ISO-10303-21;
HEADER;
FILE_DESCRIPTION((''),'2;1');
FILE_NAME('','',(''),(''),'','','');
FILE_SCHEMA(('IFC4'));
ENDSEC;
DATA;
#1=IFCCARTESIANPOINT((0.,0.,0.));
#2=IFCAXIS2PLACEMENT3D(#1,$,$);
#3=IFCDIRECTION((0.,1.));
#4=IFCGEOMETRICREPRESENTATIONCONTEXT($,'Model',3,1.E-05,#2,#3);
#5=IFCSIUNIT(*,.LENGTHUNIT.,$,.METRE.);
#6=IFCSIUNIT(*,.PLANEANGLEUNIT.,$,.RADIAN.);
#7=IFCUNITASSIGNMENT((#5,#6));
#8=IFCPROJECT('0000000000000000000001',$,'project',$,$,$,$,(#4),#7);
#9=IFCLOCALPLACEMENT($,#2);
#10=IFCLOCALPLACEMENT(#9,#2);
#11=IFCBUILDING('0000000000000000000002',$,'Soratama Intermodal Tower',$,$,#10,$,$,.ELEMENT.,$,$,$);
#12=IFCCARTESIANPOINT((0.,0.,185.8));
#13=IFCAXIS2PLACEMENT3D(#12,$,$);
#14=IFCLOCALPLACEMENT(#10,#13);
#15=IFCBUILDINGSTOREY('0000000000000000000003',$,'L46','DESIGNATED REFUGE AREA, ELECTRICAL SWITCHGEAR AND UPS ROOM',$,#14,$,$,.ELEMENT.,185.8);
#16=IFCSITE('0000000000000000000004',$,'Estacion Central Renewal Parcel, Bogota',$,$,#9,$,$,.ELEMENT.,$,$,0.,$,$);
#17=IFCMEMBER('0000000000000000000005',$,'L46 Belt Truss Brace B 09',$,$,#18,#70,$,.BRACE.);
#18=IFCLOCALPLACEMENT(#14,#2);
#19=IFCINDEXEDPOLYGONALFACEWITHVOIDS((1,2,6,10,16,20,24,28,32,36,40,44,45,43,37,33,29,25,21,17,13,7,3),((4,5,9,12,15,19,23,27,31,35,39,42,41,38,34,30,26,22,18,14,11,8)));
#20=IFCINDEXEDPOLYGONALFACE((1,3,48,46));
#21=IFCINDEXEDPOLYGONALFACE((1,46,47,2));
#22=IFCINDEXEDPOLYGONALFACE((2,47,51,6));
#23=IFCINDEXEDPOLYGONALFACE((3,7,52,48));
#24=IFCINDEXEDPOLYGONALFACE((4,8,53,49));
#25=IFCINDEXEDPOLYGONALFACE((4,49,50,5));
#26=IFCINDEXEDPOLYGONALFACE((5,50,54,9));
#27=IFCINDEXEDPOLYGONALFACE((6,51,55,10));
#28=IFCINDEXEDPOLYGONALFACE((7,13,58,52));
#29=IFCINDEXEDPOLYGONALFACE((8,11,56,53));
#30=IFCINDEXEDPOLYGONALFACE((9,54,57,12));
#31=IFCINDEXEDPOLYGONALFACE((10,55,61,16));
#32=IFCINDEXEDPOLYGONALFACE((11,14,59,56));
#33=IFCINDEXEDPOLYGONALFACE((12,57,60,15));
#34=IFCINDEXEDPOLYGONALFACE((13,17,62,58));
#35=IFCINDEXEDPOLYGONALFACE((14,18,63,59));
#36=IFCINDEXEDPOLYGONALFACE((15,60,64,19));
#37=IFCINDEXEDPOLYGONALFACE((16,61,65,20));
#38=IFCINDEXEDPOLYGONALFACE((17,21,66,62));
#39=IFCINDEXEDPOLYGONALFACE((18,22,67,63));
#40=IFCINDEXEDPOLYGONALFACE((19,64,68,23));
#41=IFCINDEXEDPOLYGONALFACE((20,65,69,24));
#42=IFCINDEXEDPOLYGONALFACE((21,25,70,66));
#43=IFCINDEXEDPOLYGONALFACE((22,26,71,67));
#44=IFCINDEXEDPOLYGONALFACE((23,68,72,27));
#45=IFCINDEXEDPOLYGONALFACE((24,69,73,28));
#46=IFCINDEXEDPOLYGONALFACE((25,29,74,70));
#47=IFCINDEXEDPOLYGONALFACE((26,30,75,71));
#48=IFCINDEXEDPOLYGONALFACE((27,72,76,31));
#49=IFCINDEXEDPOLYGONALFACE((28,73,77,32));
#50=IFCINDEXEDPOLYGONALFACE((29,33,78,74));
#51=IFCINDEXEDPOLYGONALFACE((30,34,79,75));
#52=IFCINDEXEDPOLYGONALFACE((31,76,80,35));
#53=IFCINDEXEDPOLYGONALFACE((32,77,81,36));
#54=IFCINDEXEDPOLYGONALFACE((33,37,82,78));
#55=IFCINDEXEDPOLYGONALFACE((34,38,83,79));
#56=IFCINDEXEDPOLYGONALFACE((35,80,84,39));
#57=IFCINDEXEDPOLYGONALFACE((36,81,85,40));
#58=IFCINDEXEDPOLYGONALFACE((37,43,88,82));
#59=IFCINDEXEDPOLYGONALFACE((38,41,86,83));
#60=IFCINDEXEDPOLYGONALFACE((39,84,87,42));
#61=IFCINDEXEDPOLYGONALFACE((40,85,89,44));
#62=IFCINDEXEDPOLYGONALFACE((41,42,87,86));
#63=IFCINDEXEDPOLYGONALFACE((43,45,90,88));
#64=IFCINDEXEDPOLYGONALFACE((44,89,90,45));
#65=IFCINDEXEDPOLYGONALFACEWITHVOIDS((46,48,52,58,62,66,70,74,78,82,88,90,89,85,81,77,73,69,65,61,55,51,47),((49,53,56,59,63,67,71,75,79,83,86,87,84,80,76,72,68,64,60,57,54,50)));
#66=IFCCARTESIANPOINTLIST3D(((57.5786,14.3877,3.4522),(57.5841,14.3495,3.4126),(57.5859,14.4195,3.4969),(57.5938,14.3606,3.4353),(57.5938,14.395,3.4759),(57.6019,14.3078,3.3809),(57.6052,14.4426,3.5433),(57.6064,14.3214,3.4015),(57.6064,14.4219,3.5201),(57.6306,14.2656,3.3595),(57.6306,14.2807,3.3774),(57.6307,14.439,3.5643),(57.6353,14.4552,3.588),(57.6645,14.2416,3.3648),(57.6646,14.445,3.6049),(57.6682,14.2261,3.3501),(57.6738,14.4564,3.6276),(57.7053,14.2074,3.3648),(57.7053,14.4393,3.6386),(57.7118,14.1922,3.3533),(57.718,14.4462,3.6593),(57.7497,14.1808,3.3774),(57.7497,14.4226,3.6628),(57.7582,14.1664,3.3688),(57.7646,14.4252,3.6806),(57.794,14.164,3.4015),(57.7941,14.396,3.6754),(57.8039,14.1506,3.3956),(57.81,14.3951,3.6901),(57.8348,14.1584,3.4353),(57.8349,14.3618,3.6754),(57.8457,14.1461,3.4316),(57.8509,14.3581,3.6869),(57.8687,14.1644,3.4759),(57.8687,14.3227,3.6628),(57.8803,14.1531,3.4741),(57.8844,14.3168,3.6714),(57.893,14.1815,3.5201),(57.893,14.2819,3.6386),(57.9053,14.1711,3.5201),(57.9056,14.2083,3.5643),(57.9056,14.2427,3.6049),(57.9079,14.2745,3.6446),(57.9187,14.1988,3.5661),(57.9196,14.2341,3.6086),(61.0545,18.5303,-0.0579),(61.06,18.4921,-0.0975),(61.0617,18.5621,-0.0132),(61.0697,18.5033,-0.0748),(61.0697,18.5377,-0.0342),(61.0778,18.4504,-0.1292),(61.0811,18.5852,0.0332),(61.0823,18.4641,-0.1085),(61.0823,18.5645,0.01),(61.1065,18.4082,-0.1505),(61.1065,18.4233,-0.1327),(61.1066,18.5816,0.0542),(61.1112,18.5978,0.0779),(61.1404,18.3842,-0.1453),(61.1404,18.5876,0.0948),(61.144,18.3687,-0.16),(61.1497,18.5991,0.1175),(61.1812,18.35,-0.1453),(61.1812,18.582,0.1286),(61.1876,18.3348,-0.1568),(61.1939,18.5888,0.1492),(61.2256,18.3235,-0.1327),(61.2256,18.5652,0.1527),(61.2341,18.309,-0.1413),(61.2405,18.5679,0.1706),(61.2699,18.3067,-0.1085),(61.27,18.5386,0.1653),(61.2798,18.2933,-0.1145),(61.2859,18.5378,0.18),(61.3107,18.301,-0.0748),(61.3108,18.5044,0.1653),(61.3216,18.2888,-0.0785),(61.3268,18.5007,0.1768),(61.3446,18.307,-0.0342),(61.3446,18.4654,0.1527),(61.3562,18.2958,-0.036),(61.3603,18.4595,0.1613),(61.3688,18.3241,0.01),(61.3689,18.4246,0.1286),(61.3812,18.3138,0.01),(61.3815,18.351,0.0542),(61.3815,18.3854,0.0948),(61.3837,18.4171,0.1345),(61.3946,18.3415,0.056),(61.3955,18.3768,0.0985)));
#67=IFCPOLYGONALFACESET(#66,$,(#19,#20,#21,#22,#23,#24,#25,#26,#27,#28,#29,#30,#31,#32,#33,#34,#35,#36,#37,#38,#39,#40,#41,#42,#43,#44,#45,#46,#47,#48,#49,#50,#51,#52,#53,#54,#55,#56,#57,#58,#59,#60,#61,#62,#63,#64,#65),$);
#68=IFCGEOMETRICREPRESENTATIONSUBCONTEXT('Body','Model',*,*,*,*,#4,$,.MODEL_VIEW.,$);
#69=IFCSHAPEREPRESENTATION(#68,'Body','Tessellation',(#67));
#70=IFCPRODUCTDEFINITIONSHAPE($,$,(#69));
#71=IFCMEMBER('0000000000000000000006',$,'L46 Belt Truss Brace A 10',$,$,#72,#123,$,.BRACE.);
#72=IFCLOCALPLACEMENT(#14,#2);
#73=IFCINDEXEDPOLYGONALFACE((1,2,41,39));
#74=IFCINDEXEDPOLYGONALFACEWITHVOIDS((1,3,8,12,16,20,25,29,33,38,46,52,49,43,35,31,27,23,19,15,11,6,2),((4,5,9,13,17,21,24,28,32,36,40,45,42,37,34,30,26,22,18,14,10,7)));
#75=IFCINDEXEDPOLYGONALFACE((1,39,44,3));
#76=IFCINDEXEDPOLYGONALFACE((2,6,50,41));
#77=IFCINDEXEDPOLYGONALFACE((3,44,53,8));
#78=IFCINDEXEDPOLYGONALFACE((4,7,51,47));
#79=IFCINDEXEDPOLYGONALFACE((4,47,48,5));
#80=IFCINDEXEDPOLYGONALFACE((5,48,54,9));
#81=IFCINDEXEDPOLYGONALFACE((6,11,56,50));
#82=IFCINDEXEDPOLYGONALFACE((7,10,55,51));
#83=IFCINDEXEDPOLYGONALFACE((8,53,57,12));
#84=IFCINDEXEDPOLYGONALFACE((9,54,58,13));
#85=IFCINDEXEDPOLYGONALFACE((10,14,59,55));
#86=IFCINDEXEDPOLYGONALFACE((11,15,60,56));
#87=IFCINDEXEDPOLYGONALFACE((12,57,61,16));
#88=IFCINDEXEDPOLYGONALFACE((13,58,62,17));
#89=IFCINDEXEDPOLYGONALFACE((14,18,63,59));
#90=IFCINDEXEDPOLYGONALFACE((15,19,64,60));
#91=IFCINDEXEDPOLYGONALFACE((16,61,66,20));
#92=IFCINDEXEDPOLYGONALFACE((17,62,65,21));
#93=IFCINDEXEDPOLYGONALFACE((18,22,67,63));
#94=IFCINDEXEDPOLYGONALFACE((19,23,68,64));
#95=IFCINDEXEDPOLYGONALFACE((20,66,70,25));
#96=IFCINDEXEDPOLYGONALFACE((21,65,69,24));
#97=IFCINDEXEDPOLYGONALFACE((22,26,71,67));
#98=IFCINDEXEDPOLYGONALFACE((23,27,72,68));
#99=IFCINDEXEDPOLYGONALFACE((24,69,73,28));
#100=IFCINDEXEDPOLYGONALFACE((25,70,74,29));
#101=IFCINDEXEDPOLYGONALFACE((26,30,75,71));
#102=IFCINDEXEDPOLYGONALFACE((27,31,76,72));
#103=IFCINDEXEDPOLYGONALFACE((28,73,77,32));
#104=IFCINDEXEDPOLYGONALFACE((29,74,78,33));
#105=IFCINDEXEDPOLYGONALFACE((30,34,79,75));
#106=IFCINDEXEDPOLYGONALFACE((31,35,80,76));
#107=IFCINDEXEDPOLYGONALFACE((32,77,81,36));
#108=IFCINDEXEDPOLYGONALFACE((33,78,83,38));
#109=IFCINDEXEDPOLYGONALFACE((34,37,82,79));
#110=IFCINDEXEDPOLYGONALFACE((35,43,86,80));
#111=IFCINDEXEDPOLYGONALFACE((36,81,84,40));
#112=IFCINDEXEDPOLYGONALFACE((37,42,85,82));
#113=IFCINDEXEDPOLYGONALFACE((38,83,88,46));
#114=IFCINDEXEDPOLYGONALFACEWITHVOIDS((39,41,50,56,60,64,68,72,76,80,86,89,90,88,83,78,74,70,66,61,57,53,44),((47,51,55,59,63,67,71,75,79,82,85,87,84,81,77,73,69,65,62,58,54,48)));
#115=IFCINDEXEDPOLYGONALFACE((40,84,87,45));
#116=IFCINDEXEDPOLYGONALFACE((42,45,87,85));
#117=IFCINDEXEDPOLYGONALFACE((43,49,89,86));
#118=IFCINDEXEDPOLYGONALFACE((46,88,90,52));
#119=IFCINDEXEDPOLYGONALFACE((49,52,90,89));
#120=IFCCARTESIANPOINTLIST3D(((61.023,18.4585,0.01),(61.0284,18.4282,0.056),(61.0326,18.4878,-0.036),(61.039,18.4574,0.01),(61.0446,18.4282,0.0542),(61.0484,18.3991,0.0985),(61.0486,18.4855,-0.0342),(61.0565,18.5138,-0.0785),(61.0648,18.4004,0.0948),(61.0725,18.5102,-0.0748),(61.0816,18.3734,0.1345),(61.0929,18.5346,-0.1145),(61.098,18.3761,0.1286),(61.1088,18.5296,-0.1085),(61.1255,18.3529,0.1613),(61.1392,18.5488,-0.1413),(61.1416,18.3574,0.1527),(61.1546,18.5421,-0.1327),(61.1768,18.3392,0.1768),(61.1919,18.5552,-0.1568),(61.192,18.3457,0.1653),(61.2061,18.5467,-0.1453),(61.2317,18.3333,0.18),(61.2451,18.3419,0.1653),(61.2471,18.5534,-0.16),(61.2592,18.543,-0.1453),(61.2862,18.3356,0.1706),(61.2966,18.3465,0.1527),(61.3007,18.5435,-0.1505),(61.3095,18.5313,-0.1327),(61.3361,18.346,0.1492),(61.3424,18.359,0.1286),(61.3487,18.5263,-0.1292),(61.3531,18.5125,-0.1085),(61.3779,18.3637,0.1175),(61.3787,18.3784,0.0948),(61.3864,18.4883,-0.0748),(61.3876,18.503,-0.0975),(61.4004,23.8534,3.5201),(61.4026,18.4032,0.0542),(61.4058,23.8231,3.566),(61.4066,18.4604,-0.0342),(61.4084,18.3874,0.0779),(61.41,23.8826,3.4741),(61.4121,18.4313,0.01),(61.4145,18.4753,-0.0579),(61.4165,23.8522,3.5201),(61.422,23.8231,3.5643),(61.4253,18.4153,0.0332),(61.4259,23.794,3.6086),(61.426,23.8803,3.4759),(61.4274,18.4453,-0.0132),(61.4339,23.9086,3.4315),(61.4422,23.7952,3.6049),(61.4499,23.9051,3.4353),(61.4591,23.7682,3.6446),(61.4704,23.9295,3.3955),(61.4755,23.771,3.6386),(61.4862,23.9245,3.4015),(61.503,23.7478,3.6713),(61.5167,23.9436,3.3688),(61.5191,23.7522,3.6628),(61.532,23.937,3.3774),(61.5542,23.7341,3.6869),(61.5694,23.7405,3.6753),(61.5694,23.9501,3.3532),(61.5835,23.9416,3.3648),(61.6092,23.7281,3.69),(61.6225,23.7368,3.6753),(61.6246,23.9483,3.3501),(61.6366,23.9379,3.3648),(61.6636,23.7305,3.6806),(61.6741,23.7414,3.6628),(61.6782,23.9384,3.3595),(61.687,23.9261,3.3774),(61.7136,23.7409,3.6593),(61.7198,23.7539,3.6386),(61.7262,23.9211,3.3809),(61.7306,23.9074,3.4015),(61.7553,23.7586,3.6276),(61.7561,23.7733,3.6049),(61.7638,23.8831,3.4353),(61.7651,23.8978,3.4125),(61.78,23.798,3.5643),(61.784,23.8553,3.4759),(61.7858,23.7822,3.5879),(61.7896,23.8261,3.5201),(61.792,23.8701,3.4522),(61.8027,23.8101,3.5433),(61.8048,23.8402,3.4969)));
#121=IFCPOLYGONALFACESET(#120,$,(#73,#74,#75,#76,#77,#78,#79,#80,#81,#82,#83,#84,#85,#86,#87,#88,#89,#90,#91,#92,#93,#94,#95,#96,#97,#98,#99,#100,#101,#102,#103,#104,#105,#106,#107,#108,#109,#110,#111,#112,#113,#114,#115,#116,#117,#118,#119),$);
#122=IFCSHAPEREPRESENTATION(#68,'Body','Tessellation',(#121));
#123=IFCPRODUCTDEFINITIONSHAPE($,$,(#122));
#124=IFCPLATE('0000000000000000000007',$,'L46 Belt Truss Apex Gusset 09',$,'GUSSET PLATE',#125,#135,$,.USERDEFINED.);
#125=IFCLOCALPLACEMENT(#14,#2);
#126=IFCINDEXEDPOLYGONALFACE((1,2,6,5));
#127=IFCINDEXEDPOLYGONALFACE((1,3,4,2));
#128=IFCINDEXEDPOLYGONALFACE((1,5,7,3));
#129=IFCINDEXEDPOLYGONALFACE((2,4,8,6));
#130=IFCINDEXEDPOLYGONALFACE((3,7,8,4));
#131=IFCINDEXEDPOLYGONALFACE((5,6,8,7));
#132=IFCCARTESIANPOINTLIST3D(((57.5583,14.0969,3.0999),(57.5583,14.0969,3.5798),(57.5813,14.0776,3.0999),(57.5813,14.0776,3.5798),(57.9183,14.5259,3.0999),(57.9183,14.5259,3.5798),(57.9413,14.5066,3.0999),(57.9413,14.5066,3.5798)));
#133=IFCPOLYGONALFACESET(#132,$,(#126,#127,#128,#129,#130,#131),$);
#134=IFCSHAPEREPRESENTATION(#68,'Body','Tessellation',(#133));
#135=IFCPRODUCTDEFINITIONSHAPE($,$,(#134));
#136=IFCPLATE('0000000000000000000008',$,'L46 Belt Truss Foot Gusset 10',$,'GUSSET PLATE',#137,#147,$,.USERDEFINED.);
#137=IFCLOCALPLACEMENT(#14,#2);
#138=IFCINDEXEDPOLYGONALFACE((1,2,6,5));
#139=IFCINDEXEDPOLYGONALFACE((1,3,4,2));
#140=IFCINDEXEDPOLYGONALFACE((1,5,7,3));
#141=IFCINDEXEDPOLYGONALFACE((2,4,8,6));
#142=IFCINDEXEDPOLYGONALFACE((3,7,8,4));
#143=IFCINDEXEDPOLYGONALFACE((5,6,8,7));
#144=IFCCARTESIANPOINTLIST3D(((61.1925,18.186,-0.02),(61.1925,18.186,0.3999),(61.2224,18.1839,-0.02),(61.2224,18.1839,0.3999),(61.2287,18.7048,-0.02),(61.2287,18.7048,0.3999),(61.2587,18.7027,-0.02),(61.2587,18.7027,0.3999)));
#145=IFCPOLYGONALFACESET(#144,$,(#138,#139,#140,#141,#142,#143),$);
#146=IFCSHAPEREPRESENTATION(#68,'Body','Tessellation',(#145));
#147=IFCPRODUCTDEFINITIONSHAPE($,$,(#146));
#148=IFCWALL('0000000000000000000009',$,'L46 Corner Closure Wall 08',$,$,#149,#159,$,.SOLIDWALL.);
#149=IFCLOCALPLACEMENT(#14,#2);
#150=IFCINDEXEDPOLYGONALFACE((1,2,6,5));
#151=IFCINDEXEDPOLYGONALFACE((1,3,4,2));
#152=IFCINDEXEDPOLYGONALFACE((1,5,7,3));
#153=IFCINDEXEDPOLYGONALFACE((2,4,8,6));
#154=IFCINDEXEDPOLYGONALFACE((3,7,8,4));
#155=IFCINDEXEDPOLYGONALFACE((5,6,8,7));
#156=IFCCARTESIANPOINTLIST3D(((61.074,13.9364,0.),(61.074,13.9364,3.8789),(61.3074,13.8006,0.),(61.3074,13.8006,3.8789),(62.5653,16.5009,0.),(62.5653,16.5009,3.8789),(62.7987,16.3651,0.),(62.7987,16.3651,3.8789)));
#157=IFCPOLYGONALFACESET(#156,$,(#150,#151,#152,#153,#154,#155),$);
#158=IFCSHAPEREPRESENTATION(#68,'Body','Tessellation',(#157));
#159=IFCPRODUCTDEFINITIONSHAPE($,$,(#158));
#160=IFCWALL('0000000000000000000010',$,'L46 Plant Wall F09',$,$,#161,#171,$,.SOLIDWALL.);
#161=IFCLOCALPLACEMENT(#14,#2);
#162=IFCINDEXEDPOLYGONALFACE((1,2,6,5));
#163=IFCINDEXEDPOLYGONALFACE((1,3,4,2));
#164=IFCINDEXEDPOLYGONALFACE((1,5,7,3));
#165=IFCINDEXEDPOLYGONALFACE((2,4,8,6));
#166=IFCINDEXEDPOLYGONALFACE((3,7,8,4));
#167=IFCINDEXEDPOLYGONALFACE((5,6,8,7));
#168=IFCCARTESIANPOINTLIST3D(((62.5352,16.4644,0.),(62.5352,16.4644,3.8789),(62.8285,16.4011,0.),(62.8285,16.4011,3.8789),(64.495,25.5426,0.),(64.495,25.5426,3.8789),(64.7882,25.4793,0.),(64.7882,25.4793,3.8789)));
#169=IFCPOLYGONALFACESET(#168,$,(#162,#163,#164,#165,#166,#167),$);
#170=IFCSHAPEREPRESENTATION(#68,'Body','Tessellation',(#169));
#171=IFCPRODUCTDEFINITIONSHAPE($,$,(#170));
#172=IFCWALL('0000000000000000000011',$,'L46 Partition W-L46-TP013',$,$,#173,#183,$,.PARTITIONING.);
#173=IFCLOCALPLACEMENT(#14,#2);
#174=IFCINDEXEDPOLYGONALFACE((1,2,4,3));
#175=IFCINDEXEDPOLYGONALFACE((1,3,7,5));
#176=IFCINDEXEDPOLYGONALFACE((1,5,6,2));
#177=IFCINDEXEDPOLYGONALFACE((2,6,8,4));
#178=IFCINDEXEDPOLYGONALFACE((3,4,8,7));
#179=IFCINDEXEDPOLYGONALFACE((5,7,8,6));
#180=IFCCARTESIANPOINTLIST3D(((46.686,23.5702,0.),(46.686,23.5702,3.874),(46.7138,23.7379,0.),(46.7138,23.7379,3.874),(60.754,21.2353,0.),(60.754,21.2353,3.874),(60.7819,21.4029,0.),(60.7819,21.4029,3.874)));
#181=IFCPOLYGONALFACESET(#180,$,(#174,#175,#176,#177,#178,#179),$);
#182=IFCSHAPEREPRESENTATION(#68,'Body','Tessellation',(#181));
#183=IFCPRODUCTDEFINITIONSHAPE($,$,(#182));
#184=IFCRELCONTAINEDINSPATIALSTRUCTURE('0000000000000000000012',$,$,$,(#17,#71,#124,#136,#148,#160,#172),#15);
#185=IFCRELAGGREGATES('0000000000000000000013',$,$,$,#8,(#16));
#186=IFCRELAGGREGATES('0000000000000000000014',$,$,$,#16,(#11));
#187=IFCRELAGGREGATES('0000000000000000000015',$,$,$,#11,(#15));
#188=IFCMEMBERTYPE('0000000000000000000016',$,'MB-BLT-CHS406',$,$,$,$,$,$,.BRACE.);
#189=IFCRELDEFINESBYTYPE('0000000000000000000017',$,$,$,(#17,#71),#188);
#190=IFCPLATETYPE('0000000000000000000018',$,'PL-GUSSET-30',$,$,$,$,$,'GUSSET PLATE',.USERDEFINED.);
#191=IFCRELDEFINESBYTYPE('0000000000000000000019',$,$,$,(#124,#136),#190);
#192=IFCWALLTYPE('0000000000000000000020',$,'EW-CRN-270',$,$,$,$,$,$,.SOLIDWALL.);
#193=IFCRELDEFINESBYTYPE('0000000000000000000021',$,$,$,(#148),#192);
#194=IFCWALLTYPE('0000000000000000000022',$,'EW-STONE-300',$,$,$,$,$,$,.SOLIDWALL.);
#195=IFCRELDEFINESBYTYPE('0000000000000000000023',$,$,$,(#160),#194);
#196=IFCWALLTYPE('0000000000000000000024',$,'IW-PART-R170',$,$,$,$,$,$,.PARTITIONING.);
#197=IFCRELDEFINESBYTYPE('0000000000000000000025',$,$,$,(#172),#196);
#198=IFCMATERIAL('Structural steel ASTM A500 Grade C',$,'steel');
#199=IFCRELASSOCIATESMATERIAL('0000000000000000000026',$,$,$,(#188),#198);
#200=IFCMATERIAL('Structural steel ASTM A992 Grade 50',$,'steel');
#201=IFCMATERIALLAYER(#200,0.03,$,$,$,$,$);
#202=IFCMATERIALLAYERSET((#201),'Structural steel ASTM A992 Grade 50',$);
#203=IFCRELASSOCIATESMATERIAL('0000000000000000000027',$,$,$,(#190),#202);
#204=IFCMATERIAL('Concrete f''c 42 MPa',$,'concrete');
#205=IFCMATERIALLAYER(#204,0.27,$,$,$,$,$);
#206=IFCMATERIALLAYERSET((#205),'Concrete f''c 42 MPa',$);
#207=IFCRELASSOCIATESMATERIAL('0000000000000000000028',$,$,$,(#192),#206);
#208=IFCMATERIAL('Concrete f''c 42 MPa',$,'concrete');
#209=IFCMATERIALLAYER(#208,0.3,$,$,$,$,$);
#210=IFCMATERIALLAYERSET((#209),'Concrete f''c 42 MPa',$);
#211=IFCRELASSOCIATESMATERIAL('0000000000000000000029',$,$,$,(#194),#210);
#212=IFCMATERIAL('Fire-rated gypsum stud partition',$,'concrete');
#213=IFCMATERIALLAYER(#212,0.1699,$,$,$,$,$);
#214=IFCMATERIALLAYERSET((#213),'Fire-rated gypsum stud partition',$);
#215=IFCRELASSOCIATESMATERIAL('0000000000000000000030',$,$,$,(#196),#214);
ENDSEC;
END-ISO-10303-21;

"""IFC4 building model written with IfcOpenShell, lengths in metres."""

from ifc_helpers import new_model, si_unit, direction, frame, frame_2d, origin, origin_2d, place, context, subcontext, project, spatial, rectangle, hollow_circle, extrude, material, layer, layer_set, material_profile, profile_set, type_object, element, save


model = new_model("IFC4")

# Units and contexts
model_context = context("Model", 3, precision=1e-05, world=origin(), true_north=direction((0.0, 1.0)))
body_context = subcontext(model_context, "Body", "Model", "MODEL_VIEW")
ifc_project = project(units=[si_unit("LENGTHUNIT", "METRE"), si_unit("PLANEANGLEUNIT", "RADIAN")], contexts=[model_context])

# Site, building, storey
site_placement = place(None, origin())
site = spatial("IfcSite", under=ifc_project, at=site_placement, Name="Estacion Central Renewal Parcel, Bogota", CompositionType="ELEMENT", RefElevation=0.0)
building_placement = place(site_placement, origin())
building = spatial("IfcBuilding", under=site, at=building_placement, Name="Soratama Intermodal Tower", CompositionType="ELEMENT")
storey_placement = place(building_placement, frame((0.0, 0.0, 185.8)))
storey = spatial("IfcBuildingStorey", under=building, at=storey_placement, Name="L46", Description="DESIGNATED REFUGE AREA, ELECTRICAL SWITCHGEAR AND UPS ROOM", CompositionType="ELEMENT", Elevation=185.8)

# Members
ifc_material_1 = material(Name="Structural steel ASTM A500 Grade C", Category="steel")
ifc_material_profile_1 = material_profile(ifc_material_1, hollow_circle(Radius=0.2031, WallThickness=0.0161, at=origin_2d()), Name="CHS406X16")
ifc_profile_set_1 = profile_set([ifc_material_profile_1], Name="Structural steel ASTM A500 Grade C")
member_type = type_object("IfcMemberType", Name="MB-BLT-CHS406", PredefinedType="BRACE", material=ifc_profile_set_1)
member_1_placement = place(storey_placement, frame((61.2256, 18.4443, 0.01), z_axis=(-0.539148, -0.642569, 0.544449), x_axis=(0.766063, -0.642765, 0.0)))
element("IfcMember", 1, at=member_1_placement, inside=storey, type_object=member_type, Name="L46 Belt Truss Brace B 09", PredefinedType="BRACE", context=body_context, shape_type="SweptSolid", body=[
    extrude(hollow_circle(Radius=0.2031, WallThickness=0.0161, at=origin_2d()), origin(), (0.0, 0.0, 1.0), 6.447),
])
member_2_placement = place(storey_placement, frame((61.2256, 18.4443, 0.01), z_axis=(0.058544, 0.836764, 0.544425), x_axis=(-0.997561, 0.069794, 0.0)))
element("IfcMember", 2, at=member_2_placement, inside=storey, type_object=member_type, Name="L46 Belt Truss Brace A 10", PredefinedType="BRACE", context=body_context, shape_type="SweptSolid", body=[
    extrude(hollow_circle(Radius=0.2031, WallThickness=0.0161, at=origin_2d()), origin(), (0.0, 0.0, 1.0), 6.4473),
])

# Plates
ifc_material_2 = material(Name="Structural steel ASTM A992 Grade 50", Category="steel")
ifc_layer_1 = layer(ifc_material_2, 0.03)
ifc_layer_set_1 = layer_set([ifc_layer_1], Name="Structural steel ASTM A992 Grade 50")
plate_type = type_object("IfcPlateType", Name="PL-GUSSET-30", ElementType="GUSSET PLATE", PredefinedType="USERDEFINED", material=ifc_layer_set_1)
plate_1_placement = place(storey_placement, frame((57.7498, 14.3018, 3.0999), z_axis=(0.0, 0.0, 1.0), x_axis=(0.642788, 0.766044, 0.0)))
element("IfcPlate", 3, at=plate_1_placement, inside=storey, type_object=plate_type, Name="L46 Belt Truss Apex Gusset 09", ObjectType="GUSSET PLATE", PredefinedType="USERDEFINED", context=body_context, shape_type="SweptSolid", body=[
    extrude(rectangle(XDim=0.5601, YDim=0.03, at=origin_2d()), origin(), (0.0, 0.0, 1.0), 0.48),
])
plate_2_placement = place(storey_placement, frame((61.2256, 18.4443, -0.02), z_axis=(0.0, 0.0, 1.0), x_axis=(0.069756, 0.997564, 0.0)))
element("IfcPlate", 4, at=plate_2_placement, inside=storey, type_object=plate_type, Name="L46 Belt Truss Foot Gusset 10", ObjectType="GUSSET PLATE", PredefinedType="USERDEFINED", context=body_context, shape_type="SweptSolid", body=[
    extrude(rectangle(XDim=0.52, YDim=0.03, at=origin_2d()), origin(), (0.0, 0.0, 1.0), 0.4199),
])

# Walls
ifc_material_3 = material(Name="Concrete f'c 42 MPa", Category="concrete")
ifc_layer_2 = layer(ifc_material_3, 0.27)
ifc_layer_set_2 = layer_set([ifc_layer_2], Name="Concrete f'c 42 MPa")
wall_type_1 = type_object("IfcWallType", Name="EW-CRN-270", PredefinedType="SOLIDWALL", material=ifc_layer_set_2)
wall_1_placement = place(storey_placement, frame((61.1907, 13.8684, 0.0), z_axis=(0.0, 0.0, 1.0), x_axis=(0.502683, 0.864471, 0.0)))
element("IfcWall", 5, at=wall_1_placement, inside=storey, type_object=wall_type_1, Name="L46 Corner Closure Wall 08", PredefinedType="SOLIDWALL", context=body_context, shape_type="SweptSolid", body=[
    extrude(rectangle(XDim=2.9666, YDim=0.27, at=frame_2d((1.4834, 0.0))), origin(), (0.0, 0.0, 1.0), 3.8789),
])
ifc_material_4 = material(Name="Concrete f'c 42 MPa", Category="concrete")
ifc_layer_3 = layer(ifc_material_4, 0.3)
ifc_layer_set_3 = layer_set([ifc_layer_3], Name="Concrete f'c 42 MPa")
wall_type_2 = type_object("IfcWallType", Name="EW-STONE-300", PredefinedType="SOLIDWALL", material=ifc_layer_set_3)
wall_2_placement = place(storey_placement, frame((62.6819, 16.4329, 0.0), z_axis=(0.0, 0.0, 1.0), x_axis=(0.211012, 0.977484, 0.0)))
element("IfcWall", 6, at=wall_2_placement, inside=storey, type_object=wall_type_2, Name="L46 Plant Wall F09", PredefinedType="SOLIDWALL", context=body_context, shape_type="SweptSolid", body=[
    extrude(rectangle(XDim=9.2874, YDim=0.3, at=frame_2d((4.6436, 0.0))), origin(), (0.0, 0.0, 1.0), 3.8789),
])
ifc_material_5 = material(Name="Fire-rated gypsum stud partition", Category="concrete")
ifc_layer_4 = layer(ifc_material_5, 0.1699)
ifc_layer_set_4 = layer_set([ifc_layer_4], Name="Fire-rated gypsum stud partition")
wall_type_3 = type_object("IfcWallType", Name="IW-PART-R170", PredefinedType="PARTITIONING", material=ifc_layer_set_4)
wall_3_placement = place(storey_placement, frame((60.7681, 21.3191, 0.0), z_axis=(0.0, 0.0, 1.0), x_axis=(-0.986504, 0.163735, 0.0)))
element("IfcWall", 7, at=wall_3_placement, inside=storey, type_object=wall_type_3, Name="L46 Partition W-L46-TP013", PredefinedType="PARTITIONING", context=body_context, shape_type="SweptSolid", body=[
    extrude(rectangle(XDim=14.2605, YDim=0.1699, at=frame_2d((7.1304, 0.0))), origin(), (0.0, 0.0, 1.0), 3.874),
])

save(model, "model.ifc")
